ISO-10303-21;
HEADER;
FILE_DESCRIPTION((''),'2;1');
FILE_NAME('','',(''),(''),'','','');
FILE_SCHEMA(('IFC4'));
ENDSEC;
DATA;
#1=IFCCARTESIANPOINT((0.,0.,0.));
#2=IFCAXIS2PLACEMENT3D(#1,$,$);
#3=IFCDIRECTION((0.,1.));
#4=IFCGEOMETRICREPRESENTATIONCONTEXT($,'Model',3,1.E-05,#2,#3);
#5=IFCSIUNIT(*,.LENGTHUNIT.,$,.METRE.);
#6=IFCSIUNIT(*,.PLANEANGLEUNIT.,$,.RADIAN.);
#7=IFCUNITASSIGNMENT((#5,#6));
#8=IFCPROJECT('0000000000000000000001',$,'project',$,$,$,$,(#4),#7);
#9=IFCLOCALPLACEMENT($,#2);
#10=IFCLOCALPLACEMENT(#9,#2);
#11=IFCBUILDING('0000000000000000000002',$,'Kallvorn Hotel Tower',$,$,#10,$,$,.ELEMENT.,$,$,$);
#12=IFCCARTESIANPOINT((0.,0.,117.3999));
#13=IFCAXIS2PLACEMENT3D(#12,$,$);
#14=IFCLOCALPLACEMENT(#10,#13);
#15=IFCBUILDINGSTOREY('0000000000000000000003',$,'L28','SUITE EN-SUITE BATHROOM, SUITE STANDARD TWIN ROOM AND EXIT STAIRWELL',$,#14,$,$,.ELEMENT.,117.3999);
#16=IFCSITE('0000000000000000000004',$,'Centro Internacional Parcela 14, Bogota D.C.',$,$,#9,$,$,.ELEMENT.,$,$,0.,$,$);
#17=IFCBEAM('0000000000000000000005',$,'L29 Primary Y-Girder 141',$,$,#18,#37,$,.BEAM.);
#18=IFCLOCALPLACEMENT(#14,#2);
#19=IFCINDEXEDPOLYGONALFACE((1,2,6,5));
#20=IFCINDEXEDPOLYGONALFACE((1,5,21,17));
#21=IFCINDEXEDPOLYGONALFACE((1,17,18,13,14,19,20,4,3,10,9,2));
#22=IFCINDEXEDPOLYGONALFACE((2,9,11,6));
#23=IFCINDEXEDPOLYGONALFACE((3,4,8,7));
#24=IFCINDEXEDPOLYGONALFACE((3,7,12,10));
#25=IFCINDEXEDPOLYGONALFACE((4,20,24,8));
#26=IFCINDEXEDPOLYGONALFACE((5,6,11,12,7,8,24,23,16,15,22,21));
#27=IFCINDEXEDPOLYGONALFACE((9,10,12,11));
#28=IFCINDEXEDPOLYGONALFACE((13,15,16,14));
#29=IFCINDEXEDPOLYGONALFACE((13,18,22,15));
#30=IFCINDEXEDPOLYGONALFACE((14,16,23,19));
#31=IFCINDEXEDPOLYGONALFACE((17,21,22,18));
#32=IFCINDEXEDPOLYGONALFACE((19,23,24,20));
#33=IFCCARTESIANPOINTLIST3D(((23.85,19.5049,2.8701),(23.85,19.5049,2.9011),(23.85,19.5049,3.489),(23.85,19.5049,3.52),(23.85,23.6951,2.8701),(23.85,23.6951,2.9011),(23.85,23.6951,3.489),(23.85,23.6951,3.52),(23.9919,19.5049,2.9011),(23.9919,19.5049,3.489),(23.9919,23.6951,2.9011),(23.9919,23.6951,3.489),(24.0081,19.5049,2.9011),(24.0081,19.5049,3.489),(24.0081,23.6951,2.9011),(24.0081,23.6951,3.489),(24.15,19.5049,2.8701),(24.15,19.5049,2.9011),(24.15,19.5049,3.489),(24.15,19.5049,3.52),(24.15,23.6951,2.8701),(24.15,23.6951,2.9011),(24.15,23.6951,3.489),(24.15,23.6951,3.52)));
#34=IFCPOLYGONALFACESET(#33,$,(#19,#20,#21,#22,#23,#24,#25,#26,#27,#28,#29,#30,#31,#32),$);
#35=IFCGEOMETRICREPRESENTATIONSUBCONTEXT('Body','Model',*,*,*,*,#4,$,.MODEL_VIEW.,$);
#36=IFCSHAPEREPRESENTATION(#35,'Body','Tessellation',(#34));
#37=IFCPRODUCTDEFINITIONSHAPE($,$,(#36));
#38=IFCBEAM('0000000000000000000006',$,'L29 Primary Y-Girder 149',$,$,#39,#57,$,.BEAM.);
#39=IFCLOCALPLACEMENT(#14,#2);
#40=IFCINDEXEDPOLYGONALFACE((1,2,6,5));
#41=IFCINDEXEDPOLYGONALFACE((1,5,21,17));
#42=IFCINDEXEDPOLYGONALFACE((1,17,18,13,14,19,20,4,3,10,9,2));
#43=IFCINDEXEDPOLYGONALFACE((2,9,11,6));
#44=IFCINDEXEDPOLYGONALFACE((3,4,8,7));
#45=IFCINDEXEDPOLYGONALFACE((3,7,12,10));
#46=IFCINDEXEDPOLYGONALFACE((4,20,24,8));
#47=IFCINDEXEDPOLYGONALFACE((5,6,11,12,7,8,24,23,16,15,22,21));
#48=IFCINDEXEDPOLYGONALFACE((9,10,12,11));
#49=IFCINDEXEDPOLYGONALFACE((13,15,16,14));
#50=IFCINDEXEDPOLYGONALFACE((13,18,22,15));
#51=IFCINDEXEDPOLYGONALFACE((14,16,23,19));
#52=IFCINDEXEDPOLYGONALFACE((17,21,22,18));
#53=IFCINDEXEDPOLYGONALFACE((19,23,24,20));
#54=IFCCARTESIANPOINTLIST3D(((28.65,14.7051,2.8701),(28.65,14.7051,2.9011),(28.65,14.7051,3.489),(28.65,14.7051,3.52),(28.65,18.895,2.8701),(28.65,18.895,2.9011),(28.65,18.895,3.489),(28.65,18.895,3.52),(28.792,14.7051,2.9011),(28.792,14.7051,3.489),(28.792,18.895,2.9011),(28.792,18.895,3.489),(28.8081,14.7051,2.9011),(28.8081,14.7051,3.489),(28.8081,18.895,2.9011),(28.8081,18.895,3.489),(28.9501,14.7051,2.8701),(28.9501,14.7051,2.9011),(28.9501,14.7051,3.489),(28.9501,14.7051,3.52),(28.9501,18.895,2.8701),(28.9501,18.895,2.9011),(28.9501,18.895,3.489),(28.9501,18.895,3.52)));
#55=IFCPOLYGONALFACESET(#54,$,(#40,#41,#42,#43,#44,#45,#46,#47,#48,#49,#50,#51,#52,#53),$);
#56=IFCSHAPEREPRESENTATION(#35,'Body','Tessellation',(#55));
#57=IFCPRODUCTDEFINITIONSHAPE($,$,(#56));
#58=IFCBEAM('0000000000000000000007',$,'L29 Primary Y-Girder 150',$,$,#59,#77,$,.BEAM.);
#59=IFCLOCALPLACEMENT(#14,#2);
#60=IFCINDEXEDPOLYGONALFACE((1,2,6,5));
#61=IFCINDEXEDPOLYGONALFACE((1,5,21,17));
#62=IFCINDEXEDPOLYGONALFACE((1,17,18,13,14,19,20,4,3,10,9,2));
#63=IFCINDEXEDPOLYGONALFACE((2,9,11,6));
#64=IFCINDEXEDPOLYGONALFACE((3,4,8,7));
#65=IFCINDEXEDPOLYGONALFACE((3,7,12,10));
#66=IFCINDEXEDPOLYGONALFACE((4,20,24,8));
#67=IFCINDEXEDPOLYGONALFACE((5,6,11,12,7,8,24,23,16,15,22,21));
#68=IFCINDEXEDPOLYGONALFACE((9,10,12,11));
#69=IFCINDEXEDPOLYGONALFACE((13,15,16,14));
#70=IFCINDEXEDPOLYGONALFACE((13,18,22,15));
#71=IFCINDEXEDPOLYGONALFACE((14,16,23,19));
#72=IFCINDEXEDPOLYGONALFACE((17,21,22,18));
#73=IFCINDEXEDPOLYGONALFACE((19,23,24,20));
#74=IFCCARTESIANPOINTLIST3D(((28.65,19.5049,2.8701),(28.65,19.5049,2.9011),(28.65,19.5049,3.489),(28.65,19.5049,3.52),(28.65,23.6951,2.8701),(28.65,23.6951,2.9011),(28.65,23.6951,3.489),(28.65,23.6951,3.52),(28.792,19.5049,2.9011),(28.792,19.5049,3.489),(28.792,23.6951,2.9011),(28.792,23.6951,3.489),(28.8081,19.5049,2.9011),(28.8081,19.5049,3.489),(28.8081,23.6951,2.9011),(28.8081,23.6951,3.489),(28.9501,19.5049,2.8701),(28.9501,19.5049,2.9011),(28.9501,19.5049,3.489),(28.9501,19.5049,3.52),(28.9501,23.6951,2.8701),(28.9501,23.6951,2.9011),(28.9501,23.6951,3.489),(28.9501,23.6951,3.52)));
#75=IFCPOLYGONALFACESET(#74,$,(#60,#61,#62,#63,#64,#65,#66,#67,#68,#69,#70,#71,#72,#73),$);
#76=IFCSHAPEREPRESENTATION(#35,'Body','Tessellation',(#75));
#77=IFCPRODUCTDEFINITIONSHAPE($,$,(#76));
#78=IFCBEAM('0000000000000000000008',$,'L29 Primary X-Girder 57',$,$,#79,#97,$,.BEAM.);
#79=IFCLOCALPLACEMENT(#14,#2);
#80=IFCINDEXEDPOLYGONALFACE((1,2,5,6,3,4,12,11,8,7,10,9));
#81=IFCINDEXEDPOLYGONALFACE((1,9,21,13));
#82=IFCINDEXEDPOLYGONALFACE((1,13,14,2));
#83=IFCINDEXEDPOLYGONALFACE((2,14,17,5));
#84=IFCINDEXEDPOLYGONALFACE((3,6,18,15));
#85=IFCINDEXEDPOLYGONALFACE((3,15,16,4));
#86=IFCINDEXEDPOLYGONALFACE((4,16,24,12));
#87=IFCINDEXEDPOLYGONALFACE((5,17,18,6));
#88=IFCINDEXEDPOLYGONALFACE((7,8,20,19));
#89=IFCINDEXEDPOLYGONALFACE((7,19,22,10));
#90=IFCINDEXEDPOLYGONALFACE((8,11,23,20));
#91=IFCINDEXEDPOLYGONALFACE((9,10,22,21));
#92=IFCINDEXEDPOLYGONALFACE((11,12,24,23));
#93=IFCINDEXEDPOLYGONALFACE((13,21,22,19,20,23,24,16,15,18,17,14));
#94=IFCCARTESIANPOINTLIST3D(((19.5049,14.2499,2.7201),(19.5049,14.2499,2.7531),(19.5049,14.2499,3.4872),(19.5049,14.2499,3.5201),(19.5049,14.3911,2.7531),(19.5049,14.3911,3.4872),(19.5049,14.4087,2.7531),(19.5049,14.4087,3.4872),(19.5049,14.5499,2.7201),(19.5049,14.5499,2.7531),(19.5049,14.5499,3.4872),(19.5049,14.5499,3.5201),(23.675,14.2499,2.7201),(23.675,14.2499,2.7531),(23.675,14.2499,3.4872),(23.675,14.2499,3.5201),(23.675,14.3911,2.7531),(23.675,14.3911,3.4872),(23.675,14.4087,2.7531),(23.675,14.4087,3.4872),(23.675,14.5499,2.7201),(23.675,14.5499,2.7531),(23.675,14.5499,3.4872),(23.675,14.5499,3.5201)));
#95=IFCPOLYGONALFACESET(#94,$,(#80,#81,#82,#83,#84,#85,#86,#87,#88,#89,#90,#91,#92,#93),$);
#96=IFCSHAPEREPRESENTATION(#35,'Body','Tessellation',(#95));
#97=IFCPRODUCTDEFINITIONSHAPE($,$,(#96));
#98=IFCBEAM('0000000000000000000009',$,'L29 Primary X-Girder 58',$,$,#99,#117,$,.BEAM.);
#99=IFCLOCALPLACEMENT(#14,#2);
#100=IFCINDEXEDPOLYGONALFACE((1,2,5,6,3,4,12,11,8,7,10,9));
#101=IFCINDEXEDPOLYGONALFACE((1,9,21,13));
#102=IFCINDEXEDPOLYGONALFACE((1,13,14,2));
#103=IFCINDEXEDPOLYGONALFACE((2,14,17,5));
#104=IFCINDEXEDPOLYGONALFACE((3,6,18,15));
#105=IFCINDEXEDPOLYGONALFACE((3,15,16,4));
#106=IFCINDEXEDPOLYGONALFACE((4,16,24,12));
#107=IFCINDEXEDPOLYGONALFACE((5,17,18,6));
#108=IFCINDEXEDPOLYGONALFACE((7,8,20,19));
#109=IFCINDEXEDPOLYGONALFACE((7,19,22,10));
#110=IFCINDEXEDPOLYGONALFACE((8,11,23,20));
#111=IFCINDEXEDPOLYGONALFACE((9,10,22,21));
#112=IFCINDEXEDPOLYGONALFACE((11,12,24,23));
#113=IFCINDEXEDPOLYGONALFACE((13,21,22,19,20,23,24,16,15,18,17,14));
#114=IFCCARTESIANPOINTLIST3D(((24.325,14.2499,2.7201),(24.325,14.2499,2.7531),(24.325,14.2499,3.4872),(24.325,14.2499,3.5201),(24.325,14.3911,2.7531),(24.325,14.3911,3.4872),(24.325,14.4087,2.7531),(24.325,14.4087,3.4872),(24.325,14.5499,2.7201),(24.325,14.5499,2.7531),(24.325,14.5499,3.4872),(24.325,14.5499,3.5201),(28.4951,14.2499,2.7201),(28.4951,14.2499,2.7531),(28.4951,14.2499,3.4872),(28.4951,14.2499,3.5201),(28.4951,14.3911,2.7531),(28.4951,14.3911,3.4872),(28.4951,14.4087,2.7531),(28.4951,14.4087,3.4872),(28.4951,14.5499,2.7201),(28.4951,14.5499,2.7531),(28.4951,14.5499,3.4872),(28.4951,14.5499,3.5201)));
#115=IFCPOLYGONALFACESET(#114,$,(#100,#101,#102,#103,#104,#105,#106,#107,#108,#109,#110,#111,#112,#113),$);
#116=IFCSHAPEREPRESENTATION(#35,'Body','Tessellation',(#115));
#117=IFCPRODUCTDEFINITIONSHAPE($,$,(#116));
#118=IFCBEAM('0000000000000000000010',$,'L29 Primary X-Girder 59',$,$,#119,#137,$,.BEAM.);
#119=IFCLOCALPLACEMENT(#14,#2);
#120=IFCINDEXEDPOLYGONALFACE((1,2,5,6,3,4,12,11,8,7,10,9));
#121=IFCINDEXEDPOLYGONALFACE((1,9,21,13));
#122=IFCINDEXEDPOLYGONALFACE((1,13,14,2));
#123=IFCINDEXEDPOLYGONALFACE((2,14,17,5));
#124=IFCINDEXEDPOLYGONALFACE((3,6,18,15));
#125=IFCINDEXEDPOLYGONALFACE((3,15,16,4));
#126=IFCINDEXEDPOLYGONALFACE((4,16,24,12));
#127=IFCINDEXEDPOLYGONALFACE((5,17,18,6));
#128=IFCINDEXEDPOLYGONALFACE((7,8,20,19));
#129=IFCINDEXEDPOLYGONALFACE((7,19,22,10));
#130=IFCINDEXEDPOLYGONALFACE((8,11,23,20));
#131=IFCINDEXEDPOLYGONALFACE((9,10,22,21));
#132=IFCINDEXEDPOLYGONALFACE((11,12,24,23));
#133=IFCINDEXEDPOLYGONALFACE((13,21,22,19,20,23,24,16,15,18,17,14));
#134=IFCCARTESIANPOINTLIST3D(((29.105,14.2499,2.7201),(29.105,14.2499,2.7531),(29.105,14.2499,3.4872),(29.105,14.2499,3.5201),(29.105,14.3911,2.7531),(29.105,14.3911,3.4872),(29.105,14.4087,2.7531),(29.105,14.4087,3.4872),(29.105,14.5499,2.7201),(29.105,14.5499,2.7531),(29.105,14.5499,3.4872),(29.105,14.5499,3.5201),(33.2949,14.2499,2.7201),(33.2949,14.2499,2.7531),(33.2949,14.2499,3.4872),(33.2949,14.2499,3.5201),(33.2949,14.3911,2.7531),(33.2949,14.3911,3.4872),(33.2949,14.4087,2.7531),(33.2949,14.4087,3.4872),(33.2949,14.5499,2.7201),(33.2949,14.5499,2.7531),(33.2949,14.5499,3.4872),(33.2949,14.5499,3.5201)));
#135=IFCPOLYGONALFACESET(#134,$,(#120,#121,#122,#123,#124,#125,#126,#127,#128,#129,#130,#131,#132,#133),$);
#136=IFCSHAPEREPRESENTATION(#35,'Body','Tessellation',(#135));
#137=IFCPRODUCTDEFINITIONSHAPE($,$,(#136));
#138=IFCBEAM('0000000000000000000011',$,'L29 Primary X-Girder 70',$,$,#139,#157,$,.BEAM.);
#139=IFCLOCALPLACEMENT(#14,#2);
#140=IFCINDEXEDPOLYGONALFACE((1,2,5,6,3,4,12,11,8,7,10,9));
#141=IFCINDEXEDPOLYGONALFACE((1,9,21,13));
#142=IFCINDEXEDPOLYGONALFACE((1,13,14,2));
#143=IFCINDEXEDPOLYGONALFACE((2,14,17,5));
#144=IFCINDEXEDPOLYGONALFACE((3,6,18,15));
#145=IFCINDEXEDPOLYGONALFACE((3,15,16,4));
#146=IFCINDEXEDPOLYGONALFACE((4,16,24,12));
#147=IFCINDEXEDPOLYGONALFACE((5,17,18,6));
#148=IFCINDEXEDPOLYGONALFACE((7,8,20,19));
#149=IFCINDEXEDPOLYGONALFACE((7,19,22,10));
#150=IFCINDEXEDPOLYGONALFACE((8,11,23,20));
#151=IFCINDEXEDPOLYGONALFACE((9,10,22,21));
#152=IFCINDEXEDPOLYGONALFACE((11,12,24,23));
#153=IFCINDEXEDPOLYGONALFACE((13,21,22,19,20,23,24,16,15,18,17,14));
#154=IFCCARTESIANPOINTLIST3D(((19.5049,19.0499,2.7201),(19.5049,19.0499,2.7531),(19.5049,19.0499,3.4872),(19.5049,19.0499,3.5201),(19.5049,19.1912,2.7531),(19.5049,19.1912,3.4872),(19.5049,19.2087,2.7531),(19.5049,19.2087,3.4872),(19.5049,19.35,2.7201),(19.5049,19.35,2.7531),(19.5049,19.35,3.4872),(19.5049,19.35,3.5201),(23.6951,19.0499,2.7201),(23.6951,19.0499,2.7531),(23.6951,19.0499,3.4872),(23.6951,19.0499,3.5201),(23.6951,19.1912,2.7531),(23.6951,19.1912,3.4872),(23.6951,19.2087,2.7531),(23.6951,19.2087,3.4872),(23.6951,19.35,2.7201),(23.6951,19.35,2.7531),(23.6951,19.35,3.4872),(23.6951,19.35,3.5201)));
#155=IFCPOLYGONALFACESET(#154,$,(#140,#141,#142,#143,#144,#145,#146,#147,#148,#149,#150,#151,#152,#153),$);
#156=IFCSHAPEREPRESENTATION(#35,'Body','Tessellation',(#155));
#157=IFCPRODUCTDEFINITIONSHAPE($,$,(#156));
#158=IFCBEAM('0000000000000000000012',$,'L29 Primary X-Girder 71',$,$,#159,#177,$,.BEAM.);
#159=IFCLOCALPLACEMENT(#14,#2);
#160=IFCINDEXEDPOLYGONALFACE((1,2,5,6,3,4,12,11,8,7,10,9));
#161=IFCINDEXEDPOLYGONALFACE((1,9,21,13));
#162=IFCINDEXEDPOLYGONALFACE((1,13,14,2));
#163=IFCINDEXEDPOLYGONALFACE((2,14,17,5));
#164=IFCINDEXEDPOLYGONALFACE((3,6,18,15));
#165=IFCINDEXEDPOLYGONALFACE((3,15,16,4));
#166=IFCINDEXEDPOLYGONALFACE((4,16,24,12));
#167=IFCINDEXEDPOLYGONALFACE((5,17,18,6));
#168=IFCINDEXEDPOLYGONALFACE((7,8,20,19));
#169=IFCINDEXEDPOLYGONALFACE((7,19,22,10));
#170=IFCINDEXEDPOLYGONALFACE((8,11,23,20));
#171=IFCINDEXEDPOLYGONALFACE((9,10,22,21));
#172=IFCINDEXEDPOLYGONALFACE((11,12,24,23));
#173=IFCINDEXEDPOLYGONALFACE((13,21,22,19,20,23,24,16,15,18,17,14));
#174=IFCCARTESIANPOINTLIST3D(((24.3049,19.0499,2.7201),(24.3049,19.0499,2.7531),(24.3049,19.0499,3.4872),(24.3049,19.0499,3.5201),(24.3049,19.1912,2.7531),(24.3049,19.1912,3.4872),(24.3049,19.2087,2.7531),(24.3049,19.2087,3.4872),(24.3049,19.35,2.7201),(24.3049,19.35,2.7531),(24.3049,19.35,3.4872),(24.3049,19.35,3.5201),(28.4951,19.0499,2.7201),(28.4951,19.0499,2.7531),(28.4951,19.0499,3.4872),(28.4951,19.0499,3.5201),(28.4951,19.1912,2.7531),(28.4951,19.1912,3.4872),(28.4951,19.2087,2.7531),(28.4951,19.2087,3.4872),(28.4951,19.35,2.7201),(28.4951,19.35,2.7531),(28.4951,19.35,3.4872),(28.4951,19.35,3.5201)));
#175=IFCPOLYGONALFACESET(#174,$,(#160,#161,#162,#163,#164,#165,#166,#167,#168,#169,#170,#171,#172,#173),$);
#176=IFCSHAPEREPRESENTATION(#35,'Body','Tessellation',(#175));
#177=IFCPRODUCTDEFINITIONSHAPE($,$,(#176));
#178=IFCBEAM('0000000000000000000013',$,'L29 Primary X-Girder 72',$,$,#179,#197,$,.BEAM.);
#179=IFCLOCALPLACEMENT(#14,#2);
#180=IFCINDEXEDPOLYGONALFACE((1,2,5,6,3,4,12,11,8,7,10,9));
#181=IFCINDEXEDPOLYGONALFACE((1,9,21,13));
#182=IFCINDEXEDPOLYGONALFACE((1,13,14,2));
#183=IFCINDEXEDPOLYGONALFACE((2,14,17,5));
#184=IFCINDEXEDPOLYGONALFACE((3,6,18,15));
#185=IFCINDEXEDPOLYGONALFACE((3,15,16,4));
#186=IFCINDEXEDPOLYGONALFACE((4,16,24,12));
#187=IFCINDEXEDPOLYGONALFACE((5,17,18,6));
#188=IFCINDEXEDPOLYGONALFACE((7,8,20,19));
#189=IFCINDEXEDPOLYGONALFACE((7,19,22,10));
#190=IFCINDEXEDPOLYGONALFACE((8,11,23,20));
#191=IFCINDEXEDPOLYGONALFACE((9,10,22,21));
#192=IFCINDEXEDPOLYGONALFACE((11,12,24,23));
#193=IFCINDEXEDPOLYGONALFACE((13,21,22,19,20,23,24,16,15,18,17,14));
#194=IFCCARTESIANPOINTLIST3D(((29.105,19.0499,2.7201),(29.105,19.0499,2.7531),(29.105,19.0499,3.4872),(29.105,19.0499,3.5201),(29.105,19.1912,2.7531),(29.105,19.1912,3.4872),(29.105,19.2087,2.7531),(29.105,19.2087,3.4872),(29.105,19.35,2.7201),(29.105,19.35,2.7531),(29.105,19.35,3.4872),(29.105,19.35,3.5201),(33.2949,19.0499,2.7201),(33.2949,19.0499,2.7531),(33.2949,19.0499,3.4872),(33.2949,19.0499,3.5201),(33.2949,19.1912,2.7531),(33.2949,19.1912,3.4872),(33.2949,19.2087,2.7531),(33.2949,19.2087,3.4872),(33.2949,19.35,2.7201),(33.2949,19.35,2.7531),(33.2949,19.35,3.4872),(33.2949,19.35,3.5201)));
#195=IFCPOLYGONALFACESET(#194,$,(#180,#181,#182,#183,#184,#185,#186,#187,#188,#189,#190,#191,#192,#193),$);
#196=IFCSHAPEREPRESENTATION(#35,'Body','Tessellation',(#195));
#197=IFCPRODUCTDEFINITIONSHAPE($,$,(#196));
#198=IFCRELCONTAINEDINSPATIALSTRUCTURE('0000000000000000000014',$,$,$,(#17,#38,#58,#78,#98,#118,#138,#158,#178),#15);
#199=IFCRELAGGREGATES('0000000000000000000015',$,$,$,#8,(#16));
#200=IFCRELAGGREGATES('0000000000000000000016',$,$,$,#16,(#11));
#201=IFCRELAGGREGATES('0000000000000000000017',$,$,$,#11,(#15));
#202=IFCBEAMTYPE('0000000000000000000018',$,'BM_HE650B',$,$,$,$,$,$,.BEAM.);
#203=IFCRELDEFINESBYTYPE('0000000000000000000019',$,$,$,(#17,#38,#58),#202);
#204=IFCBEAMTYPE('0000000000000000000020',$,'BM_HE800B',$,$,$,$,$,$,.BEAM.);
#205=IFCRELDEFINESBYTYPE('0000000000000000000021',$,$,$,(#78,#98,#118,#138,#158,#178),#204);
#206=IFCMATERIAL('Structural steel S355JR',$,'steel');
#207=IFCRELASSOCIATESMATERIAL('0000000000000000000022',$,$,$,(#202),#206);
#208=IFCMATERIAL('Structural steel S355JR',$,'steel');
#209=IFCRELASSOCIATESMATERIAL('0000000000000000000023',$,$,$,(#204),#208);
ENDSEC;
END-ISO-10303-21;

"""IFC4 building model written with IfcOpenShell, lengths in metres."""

from ifc_helpers import new_model, si_unit, direction, frame, origin, origin_2d, place, context, subcontext, project, spatial, i_section, extrude, material, material_profile, profile_set, type_object, element, save


model = new_model("IFC4")

# Units and contexts
model_context = context("Model", 3, precision=1e-05, world=origin(), true_north=direction((0.0, 1.0)))
body_context = subcontext(model_context, "Body", "Model", "MODEL_VIEW")
ifc_project = project(units=[si_unit("LENGTHUNIT", "METRE"), si_unit("PLANEANGLEUNIT", "RADIAN")], contexts=[model_context])

# Site, building, storey
site_placement = place(None, origin())
site = spatial("IfcSite", under=ifc_project, at=site_placement, Name="Centro Internacional Parcela 14, Bogota D.C.", CompositionType="ELEMENT", RefElevation=0.0)
building_placement = place(site_placement, origin())
building = spatial("IfcBuilding", under=site, at=building_placement, Name="Kallvorn Hotel Tower", CompositionType="ELEMENT")
storey_placement = place(building_placement, frame((0.0, 0.0, 117.3999)))
storey = spatial("IfcBuildingStorey", under=building, at=storey_placement, Name="L28", Description="SUITE EN-SUITE BATHROOM, SUITE STANDARD TWIN ROOM AND EXIT STAIRWELL", CompositionType="ELEMENT", Elevation=117.3999)

# Beams
ifc_material_1 = material(Name="Structural steel S355JR", Category="steel")
ifc_material_profile_1 = material_profile(ifc_material_1, i_section(OverallWidth=0.3, OverallDepth=0.6499, WebThickness=0.0161, FlangeThickness=0.031, at=origin_2d()), Name="HE 650 B")
ifc_profile_set_1 = profile_set([ifc_material_profile_1], Name="Structural steel S355JR")
beam_type_1 = type_object("IfcBeamType", Name="BM_HE650B", PredefinedType="BEAM", material=ifc_profile_set_1)
beam_1_placement = place(storey_placement, frame((24.0, 19.5049, 3.1951), z_axis=(0.0, 1.0, 0.0), x_axis=(-1.0, 0.0, 0.0)))
element("IfcBeam", 1, at=beam_1_placement, inside=storey, type_object=beam_type_1, Name="L29 Primary Y-Girder 141", PredefinedType="BEAM", context=body_context, shape_type="SweptSolid", body=[
    extrude(i_section(OverallWidth=0.3, OverallDepth=0.6499, WebThickness=0.0161, FlangeThickness=0.031, at=origin_2d()), origin(), (0.0, 0.0, 1.0), 4.1902),
])
beam_2_placement = place(storey_placement, frame((28.8, 14.7051, 3.1951), z_axis=(0.0, 1.0, 0.0), x_axis=(-1.0, 0.0, 0.0)))
element("IfcBeam", 2, at=beam_2_placement, inside=storey, type_object=beam_type_1, Name="L29 Primary Y-Girder 149", PredefinedType="BEAM", context=body_context, shape_type="SweptSolid", body=[
    extrude(i_section(OverallWidth=0.3, OverallDepth=0.6499, WebThickness=0.0161, FlangeThickness=0.031, at=origin_2d()), origin(), (0.0, 0.0, 1.0), 4.1899),
])
beam_3_placement = place(storey_placement, frame((28.8, 19.5049, 3.1951), z_axis=(0.0, 1.0, 0.0), x_axis=(-1.0, 0.0, 0.0)))
element("IfcBeam", 3, at=beam_3_placement, inside=storey, type_object=beam_type_1, Name="L29 Primary Y-Girder 150", PredefinedType="BEAM", context=body_context, shape_type="SweptSolid", body=[
    extrude(i_section(OverallWidth=0.3, OverallDepth=0.6499, WebThickness=0.0161, FlangeThickness=0.031, at=origin_2d()), origin(), (0.0, 0.0, 1.0), 4.1902),
])
ifc_material_2 = material(Name="Structural steel S355JR", Category="steel")
ifc_material_profile_2 = material_profile(ifc_material_2, i_section(OverallWidth=0.3, OverallDepth=0.8, WebThickness=0.0176, FlangeThickness=0.033, at=origin_2d()), Name="HE 800 B")
ifc_profile_set_2 = profile_set([ifc_material_profile_2], Name="Structural steel S355JR")
beam_type_2 = type_object("IfcBeamType", Name="BM_HE800B", PredefinedType="BEAM", material=ifc_profile_set_2)
for number, where, z_axis, x_axis, name in (
    (4, (19.5049, 14.3999, 3.1201), (1.0, 0.0, 0.0), (0.0, 1.0, 0.0), "L29 Primary X-Girder 57"),
    (5, (24.325, 14.3999, 3.1201), (1.0, 0.0, 0.0), (0.0, 1.0, 0.0), "L29 Primary X-Girder 58"),
):
    element("IfcBeam", number, at=place(storey_placement, frame(where, z_axis=z_axis, x_axis=x_axis)), inside=storey, type_object=beam_type_2, Name=name, PredefinedType="BEAM", context=body_context, shape_type="SweptSolid", body=[
        extrude(i_section(OverallWidth=0.3, OverallDepth=0.8, WebThickness=0.0176, FlangeThickness=0.033, at=origin_2d()), origin(), (0.0, 0.0, 1.0), 4.1702),
    ])
beam_4_placement = place(storey_placement, frame((29.105, 14.3999, 3.1201), z_axis=(1.0, 0.0, 0.0), x_axis=(0.0, 1.0, 0.0)))
element("IfcBeam", 6, at=beam_4_placement, inside=storey, type_object=beam_type_2, Name="L29 Primary X-Girder 59", PredefinedType="BEAM", context=body_context, shape_type="SweptSolid", body=[
    extrude(i_section(OverallWidth=0.3, OverallDepth=0.8, WebThickness=0.0176, FlangeThickness=0.033, at=origin_2d()), origin(), (0.0, 0.0, 1.0), 4.1899),
])
for number, where, z_axis, x_axis, name in (
    (7, (19.5049, 19.2, 3.1201), (1.0, 0.0, 0.0), (0.0, 1.0, 0.0), "L29 Primary X-Girder 70"),
    (8, (24.3049, 19.2, 3.1201), (1.0, 0.0, 0.0), (0.0, 1.0, 0.0), "L29 Primary X-Girder 71"),
):
    element("IfcBeam", number, at=place(storey_placement, frame(where, z_axis=z_axis, x_axis=x_axis)), inside=storey, type_object=beam_type_2, Name=name, PredefinedType="BEAM", context=body_context, shape_type="SweptSolid", body=[
        extrude(i_section(OverallWidth=0.3, OverallDepth=0.8, WebThickness=0.0176, FlangeThickness=0.033, at=origin_2d()), origin(), (0.0, 0.0, 1.0), 4.1902),
    ])
beam_5_placement = place(storey_placement, frame((29.105, 19.2, 3.1201), z_axis=(1.0, 0.0, 0.0), x_axis=(0.0, 1.0, 0.0)))
element("IfcBeam", 9, at=beam_5_placement, inside=storey, type_object=beam_type_2, Name="L29 Primary X-Girder 72", PredefinedType="BEAM", context=body_context, shape_type="SweptSolid", body=[
    extrude(i_section(OverallWidth=0.3, OverallDepth=0.8, WebThickness=0.0176, FlangeThickness=0.033, at=origin_2d()), origin(), (0.0, 0.0, 1.0), 4.1899),
])

save(model, "model.ifc")
